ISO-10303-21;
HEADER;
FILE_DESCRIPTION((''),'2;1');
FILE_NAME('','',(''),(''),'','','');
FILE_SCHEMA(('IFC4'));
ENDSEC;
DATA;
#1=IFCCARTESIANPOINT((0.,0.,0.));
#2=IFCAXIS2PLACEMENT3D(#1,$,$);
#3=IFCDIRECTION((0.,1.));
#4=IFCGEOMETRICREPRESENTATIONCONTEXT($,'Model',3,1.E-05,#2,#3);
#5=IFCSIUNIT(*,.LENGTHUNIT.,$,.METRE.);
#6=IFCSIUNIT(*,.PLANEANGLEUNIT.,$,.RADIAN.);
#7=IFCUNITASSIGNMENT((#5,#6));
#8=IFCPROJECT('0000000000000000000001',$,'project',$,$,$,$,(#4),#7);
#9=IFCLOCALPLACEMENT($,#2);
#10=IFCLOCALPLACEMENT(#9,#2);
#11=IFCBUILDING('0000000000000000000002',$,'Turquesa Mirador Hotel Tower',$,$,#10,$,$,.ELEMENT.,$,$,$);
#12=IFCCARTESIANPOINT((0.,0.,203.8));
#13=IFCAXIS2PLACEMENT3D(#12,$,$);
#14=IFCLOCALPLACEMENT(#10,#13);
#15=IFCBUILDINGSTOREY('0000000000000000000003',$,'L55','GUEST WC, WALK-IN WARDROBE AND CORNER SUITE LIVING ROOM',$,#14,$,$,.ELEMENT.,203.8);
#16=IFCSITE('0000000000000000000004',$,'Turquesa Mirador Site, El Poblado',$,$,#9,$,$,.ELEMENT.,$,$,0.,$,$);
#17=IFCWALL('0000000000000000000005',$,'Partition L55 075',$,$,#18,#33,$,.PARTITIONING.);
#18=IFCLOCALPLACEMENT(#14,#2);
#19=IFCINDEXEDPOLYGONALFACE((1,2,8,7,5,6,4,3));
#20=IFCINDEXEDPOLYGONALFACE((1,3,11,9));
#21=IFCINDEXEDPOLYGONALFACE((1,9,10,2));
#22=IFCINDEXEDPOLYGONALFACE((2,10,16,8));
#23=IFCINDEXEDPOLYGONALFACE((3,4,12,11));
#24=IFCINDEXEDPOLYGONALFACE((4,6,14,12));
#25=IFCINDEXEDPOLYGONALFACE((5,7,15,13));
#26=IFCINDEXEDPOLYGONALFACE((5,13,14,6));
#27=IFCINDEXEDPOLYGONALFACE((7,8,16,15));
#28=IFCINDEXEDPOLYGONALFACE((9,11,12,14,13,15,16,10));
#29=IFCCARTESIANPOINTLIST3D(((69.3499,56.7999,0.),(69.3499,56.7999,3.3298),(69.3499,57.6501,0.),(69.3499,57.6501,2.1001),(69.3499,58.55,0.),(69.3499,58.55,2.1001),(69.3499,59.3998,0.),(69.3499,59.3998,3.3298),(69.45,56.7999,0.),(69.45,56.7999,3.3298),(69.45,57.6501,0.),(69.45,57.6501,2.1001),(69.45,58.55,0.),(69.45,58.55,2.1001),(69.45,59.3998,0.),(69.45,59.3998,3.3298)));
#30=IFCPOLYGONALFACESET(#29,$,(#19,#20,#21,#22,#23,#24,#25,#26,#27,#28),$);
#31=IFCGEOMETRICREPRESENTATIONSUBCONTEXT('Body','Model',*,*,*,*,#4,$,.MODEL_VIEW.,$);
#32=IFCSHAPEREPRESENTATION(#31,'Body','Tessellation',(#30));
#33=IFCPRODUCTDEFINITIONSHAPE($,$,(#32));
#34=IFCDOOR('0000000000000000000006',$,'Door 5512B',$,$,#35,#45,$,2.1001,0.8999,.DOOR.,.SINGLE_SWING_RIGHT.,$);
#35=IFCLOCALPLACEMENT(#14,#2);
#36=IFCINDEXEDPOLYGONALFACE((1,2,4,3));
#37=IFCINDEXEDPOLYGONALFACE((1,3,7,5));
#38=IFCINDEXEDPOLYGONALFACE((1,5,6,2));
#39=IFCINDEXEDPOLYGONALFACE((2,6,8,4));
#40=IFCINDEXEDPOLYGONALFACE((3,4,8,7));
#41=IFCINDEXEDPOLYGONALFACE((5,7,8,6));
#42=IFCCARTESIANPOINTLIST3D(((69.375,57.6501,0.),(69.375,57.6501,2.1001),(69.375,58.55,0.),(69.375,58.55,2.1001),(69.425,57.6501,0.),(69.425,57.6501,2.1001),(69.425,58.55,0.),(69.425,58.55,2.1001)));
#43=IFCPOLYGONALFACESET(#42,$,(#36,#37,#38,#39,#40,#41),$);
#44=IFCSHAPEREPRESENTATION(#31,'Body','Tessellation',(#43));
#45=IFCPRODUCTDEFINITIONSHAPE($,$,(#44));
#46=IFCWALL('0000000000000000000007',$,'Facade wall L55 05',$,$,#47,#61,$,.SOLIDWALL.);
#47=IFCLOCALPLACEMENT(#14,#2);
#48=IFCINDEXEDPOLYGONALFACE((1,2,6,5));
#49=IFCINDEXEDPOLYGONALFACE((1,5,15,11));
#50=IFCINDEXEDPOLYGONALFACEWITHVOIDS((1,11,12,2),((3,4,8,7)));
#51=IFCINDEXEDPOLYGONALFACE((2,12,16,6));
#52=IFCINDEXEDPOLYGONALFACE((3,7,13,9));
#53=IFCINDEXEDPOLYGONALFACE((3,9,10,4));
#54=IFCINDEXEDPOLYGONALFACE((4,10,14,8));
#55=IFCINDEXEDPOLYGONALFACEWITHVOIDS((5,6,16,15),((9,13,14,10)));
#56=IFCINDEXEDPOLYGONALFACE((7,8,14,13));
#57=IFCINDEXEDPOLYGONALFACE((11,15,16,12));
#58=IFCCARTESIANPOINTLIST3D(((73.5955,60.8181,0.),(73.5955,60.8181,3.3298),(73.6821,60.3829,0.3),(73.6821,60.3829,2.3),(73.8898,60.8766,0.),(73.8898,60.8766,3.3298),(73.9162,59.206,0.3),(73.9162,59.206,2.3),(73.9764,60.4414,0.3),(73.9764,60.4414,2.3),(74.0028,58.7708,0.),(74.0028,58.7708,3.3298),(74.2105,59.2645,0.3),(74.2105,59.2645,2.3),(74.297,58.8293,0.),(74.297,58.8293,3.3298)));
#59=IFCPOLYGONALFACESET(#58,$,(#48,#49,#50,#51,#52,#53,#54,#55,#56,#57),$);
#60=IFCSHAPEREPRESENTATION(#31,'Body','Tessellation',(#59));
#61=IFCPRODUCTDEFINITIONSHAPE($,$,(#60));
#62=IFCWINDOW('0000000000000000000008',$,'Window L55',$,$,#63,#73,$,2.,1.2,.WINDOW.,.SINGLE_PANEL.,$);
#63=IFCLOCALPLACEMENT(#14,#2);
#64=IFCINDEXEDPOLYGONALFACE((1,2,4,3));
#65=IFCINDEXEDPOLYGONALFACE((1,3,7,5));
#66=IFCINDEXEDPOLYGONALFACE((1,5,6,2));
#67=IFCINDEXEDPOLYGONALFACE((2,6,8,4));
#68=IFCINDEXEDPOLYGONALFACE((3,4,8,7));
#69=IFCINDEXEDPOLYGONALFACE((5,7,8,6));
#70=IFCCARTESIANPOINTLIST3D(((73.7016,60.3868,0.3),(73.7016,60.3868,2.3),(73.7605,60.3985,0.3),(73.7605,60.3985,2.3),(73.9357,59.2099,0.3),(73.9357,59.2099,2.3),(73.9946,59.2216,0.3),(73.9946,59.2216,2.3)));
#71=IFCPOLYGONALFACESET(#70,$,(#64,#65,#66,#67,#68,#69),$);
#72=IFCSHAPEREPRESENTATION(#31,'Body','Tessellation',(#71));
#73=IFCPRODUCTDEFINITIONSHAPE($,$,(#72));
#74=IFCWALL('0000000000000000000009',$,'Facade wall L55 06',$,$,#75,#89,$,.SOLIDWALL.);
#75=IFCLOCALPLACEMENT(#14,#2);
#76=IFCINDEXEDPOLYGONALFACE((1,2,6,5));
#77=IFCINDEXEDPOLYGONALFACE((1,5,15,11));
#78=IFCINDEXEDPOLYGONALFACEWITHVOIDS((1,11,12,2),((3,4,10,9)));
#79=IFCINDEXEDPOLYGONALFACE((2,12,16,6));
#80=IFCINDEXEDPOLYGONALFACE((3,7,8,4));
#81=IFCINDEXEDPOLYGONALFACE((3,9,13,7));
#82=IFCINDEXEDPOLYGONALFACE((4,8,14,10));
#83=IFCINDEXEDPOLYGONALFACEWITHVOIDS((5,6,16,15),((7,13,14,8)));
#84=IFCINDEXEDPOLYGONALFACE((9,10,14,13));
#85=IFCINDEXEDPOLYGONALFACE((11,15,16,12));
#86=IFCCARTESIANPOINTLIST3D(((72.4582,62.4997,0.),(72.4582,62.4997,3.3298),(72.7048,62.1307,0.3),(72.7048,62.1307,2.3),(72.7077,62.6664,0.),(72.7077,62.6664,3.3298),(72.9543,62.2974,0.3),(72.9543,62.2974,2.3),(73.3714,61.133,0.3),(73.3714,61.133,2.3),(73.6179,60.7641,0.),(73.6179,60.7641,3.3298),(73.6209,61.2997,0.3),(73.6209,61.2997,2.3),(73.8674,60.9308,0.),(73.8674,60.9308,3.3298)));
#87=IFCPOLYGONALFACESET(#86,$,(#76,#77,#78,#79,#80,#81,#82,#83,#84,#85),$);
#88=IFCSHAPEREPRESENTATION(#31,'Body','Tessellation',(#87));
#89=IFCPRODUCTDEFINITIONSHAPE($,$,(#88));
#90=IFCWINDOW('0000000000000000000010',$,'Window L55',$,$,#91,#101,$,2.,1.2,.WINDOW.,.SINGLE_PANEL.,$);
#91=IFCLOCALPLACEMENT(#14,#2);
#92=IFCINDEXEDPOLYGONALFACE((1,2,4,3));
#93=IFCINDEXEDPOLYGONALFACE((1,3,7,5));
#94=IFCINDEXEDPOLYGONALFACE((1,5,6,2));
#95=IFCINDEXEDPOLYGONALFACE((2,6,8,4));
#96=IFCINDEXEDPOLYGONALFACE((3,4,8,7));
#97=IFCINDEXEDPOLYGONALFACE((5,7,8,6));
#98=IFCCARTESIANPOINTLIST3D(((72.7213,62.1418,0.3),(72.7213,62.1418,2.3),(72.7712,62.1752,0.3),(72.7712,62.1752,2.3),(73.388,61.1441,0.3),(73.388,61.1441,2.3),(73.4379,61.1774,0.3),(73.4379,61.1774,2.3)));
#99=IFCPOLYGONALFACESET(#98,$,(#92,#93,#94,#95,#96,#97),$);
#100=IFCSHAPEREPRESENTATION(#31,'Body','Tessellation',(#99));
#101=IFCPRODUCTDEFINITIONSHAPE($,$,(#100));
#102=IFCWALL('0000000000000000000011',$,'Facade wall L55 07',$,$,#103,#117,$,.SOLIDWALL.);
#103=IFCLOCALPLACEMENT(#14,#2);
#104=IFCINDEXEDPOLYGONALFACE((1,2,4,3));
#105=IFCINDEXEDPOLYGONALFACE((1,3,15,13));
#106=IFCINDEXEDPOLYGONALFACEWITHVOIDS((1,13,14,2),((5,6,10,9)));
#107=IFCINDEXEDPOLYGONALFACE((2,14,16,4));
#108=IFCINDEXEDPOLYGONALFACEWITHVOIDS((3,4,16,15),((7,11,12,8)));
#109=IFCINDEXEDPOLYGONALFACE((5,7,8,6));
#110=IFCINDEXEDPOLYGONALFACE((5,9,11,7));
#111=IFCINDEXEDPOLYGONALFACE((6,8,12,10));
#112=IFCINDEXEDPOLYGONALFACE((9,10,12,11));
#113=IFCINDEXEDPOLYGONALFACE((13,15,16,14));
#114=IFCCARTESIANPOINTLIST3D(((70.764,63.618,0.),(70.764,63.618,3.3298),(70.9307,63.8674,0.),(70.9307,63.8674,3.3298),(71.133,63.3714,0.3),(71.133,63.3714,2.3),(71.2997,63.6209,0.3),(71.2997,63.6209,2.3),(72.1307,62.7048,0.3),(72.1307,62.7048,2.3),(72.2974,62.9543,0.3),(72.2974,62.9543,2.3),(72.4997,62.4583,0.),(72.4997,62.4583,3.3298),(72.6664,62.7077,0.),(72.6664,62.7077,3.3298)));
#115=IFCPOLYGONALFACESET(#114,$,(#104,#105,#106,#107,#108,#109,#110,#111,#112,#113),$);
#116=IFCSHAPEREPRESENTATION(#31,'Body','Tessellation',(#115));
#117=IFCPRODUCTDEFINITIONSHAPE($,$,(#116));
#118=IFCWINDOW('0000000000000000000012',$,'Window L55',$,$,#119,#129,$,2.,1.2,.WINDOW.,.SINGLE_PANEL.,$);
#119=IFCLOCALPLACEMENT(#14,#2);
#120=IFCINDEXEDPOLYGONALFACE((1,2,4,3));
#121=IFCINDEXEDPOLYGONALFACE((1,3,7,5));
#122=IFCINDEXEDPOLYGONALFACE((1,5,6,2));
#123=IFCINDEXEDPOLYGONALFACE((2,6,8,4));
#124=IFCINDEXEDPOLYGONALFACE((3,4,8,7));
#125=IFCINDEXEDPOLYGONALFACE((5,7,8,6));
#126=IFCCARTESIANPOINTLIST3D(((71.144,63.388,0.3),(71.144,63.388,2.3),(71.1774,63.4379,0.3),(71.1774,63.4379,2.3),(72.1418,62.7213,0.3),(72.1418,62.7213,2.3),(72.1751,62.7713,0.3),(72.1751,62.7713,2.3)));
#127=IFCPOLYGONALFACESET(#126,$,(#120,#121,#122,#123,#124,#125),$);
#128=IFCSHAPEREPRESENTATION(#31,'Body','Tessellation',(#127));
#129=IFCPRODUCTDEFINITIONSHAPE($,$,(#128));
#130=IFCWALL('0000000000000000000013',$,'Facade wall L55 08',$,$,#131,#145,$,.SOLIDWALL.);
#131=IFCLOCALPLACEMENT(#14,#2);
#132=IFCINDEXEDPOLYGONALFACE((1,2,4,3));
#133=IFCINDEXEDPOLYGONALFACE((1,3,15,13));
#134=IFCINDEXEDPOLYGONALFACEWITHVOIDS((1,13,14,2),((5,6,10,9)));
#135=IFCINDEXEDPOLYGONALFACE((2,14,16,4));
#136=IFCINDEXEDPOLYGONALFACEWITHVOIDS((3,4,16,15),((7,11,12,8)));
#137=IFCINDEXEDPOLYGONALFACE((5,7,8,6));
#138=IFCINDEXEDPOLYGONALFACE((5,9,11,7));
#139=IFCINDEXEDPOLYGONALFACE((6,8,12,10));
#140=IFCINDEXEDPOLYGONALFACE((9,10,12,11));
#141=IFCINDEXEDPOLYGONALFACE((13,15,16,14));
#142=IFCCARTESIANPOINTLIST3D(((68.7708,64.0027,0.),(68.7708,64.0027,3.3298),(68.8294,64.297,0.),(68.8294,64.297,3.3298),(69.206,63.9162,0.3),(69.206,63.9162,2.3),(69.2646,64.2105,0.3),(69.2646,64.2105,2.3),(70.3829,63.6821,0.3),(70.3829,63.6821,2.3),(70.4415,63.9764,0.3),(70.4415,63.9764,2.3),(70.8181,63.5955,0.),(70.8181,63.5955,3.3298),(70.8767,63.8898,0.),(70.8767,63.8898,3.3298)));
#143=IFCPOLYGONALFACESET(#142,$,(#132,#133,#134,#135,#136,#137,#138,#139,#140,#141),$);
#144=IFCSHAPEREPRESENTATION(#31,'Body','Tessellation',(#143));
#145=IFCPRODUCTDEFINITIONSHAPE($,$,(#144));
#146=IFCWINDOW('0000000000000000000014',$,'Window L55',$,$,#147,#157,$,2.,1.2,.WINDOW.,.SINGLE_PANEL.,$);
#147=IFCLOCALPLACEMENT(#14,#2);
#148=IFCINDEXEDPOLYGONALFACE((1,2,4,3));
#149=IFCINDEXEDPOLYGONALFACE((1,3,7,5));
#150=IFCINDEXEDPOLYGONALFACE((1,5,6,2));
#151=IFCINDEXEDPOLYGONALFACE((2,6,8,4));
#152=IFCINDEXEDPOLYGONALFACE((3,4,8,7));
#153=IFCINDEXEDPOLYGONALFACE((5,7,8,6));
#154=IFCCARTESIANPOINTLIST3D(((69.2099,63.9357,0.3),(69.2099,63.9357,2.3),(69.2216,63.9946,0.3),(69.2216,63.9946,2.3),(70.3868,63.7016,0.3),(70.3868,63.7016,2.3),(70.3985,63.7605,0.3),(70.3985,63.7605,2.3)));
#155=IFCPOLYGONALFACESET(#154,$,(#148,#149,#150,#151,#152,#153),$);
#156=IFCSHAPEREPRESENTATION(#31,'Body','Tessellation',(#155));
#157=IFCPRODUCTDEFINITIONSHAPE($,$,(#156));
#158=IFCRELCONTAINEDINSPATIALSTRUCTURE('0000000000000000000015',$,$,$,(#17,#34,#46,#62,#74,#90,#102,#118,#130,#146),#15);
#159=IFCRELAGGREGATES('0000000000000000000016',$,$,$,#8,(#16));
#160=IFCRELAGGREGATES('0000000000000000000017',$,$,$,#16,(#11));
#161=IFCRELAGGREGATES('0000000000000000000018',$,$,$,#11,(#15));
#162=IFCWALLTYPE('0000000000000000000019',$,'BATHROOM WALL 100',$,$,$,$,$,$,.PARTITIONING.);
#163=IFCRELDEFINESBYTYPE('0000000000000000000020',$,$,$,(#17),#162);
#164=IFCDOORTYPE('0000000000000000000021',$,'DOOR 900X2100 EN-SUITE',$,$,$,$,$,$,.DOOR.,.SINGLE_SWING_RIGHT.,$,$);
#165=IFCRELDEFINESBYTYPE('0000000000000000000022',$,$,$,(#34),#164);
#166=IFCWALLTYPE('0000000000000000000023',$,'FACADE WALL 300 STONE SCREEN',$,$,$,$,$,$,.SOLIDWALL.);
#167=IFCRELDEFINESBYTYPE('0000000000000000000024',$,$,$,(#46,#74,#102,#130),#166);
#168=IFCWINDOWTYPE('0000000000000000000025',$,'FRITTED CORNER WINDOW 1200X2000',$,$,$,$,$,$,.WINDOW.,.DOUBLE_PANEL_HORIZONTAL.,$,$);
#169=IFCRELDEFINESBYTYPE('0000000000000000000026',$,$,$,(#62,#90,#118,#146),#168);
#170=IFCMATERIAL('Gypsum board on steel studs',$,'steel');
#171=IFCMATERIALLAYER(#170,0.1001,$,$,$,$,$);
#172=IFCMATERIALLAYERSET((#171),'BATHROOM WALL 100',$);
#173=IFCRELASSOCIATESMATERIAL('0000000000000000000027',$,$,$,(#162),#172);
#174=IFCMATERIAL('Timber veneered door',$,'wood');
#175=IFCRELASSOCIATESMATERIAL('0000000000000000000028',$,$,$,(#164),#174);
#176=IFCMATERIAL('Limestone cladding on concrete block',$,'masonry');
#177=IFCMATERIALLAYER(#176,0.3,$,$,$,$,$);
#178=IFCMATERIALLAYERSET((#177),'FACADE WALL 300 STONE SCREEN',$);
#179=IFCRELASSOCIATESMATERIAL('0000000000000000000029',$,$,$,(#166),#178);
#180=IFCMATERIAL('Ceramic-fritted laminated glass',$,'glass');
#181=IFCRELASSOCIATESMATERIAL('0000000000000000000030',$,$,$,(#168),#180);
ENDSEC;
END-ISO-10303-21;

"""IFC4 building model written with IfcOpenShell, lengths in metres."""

from ifc_helpers import new_model, si_unit, direction, frame, frame_2d, origin, place, context, subcontext, project, spatial, rectangle, extrude, material, layer, layer_set, type_object, element, fill, save


model = new_model("IFC4")

# Units and contexts
model_context = context("Model", 3, precision=1e-05, world=origin(), true_north=direction((0.0, 1.0)))
body_context = subcontext(model_context, "Body", "Model", "MODEL_VIEW")
ifc_project = project(units=[si_unit("LENGTHUNIT", "METRE"), si_unit("PLANEANGLEUNIT", "RADIAN")], contexts=[model_context])

# Site, building, storey
site_placement = place(None, origin())
site = spatial("IfcSite", under=ifc_project, at=site_placement, Name="Turquesa Mirador Site, El Poblado", CompositionType="ELEMENT", RefElevation=0.0)
building_placement = place(site_placement, origin())
building = spatial("IfcBuilding", under=site, at=building_placement, Name="Turquesa Mirador Hotel Tower", CompositionType="ELEMENT")
storey_placement = place(building_placement, frame((0.0, 0.0, 203.8)))
storey = spatial("IfcBuildingStorey", under=building, at=storey_placement, Name="L55", Description="GUEST WC, WALK-IN WARDROBE AND CORNER SUITE LIVING ROOM", CompositionType="ELEMENT", Elevation=203.8)

# Shared definitions
ifc_material_1 = material(Name="Gypsum board on steel studs", Category="steel")
ifc_layer_1 = layer(ifc_material_1, 0.1001)
ifc_layer_set_1 = layer_set([ifc_layer_1], Name="BATHROOM WALL 100")
wall_type_1 = type_object("IfcWallType", Name="BATHROOM WALL 100", PredefinedType="PARTITIONING", material=ifc_layer_set_1)

# Wall, opening, door
wall_1_placement = place(storey_placement, frame((69.3999, 56.8, 0.0), z_axis=(0.0, 0.0, 1.0), x_axis=(0.0, 1.0, 0.0)))
wall_1 = element("IfcWall", 1, at=wall_1_placement, inside=storey, type_object=wall_type_1, Name="Partition L55 075", PredefinedType="PARTITIONING", context=body_context, shape_type="SweptSolid", body=[
    extrude(rectangle(XDim=2.5999, YDim=0.1001, at=frame_2d((1.2998, 0.0))), origin(), (0.0, 0.0, 1.0), 3.3298),
])
opening_1_placement = place(wall_1_placement, frame((0.8501, 0.0, 0.0)))
opening_1 = element("IfcOpeningElement", 2, at=opening_1_placement, cuts=wall_1, PredefinedType="OPENING", context=body_context, shape_type="SweptSolid", body=[
    extrude(rectangle(XDim=0.8999, YDim=2.1001, at=frame_2d((0.45, 1.05))), frame((0.0, 0.0601, 0.0), z_axis=(0.0, -1.0, 0.0), x_axis=(1.0, 0.0, 0.0)), (0.0, 0.0, 1.0), 0.1201),
])
ifc_material_2 = material(Name="Timber veneered door", Category="wood")
door_type_1 = type_object("IfcDoorType", Name="DOOR 900X2100 EN-SUITE", OperationType="SINGLE_SWING_RIGHT", PredefinedType="DOOR", material=ifc_material_2)
door_1_placement = place(opening_1_placement, origin())
door_1 = element("IfcDoor", 3, at=door_1_placement, inside=storey, type_object=door_type_1, Name="Door 5512B", OperationType="SINGLE_SWING_RIGHT", OverallHeight=2.1001, OverallWidth=0.8999, PredefinedType="DOOR", context=body_context, shape_type="SweptSolid", body=[
    extrude(rectangle(XDim=0.8999, YDim=2.1001, at=frame_2d((0.45, 1.05))), frame((0.0, 0.0249, 0.0), z_axis=(0.0, -1.0, 0.0), x_axis=(1.0, 0.0, 0.0)), (0.0, 0.0, 1.0), 0.05),
])
fill(opening_1, door_1)

# Walls, openings, windows
ifc_material_3 = material(Name="Limestone cladding on concrete block", Category="masonry")
ifc_layer_2 = layer(ifc_material_3, 0.3)
ifc_layer_set_2 = layer_set([ifc_layer_2], Name="FACADE WALL 300 STONE SCREEN")
wall_type_2 = type_object("IfcWallType", Name="FACADE WALL 300 STONE SCREEN", PredefinedType="SOLIDWALL", material=ifc_layer_set_2)
wall_2_placement = place(storey_placement, frame((74.1499, 58.8, 0.0), z_axis=(0.0, 0.0, 1.0), x_axis=(-0.195081, 0.980787, 0.0)))
wall_2 = element("IfcWall", 4, at=wall_2_placement, inside=storey, type_object=wall_type_2, Name="Facade wall L55 05", PredefinedType="SOLIDWALL", context=body_context, shape_type="SweptSolid", body=[
    extrude(rectangle(XDim=2.0874, YDim=0.3, at=frame_2d((1.0437, 0.0))), origin(), (0.0, 0.0, 1.0), 3.3298),
])
opening_2_placement = place(wall_2_placement, frame((0.4436, 0.0, 0.3)))
opening_2 = element("IfcOpeningElement", 5, at=opening_2_placement, cuts=wall_2, PredefinedType="OPENING", context=body_context, shape_type="SweptSolid", body=[
    extrude(rectangle(XDim=1.2, YDim=2.0, at=frame_2d((0.6001, 1.0))), frame((0.0, 0.1599, 0.0), z_axis=(0.0, -1.0, 0.0), x_axis=(1.0, 0.0, 0.0)), (0.0, 0.0, 1.0), 0.3201),
])
ifc_material_4 = material(Name="Ceramic-fritted laminated glass", Category="glass")
window_type_1 = type_object("IfcWindowType", Name="FRITTED CORNER WINDOW 1200X2000", PartitioningType="DOUBLE_PANEL_HORIZONTAL", PredefinedType="WINDOW", material=ifc_material_4)
window_1_placement = place(opening_2_placement, origin())
window_1 = element("IfcWindow", 6, at=window_1_placement, inside=storey, type_object=window_type_1, Name="Window L55", OverallHeight=2.0, OverallWidth=1.2, PartitioningType="SINGLE_PANEL", PredefinedType="WINDOW", context=body_context, shape_type="SweptSolid", body=[
    extrude(rectangle(XDim=1.2, YDim=2.0, at=frame_2d((0.6001, 1.0))), frame((0.0, 0.1301, 0.0), z_axis=(0.0, -1.0, 0.0), x_axis=(1.0, 0.0, 0.0)), (0.0, 0.0, 1.0), 0.0601),
])
fill(opening_2, window_1)
wall_3_placement = place(storey_placement, frame((73.7427, 60.8474, 0.0), z_axis=(0.0, 0.0, 1.0), x_axis=(-0.555564, 0.831474, 0.0)))
wall_3 = element("IfcWall", 7, at=wall_3_placement, inside=storey, type_object=wall_type_2, Name="Facade wall L55 06", PredefinedType="SOLIDWALL", context=body_context, shape_type="SweptSolid", body=[
    extrude(rectangle(XDim=2.0874, YDim=0.3, at=frame_2d((1.0437, 0.0))), origin(), (0.0, 0.0, 1.0), 3.3298),
])
opening_3_placement = place(wall_3_placement, frame((0.4436, 0.0, 0.3)))
opening_3 = element("IfcOpeningElement", 8, at=opening_3_placement, cuts=wall_3, PredefinedType="OPENING", context=body_context, shape_type="SweptSolid", body=[
    extrude(rectangle(XDim=1.2, YDim=2.0, at=frame_2d((0.6001, 1.0))), frame((0.0, 0.1599, 0.0), z_axis=(0.0, -1.0, 0.0), x_axis=(1.0, 0.0, 0.0)), (0.0, 0.0, 1.0), 0.3201),
])
window_2_placement = place(opening_3_placement, origin())
window_2 = element("IfcWindow", 9, at=window_2_placement, inside=storey, type_object=window_type_1, Name="Window L55", OverallHeight=2.0, OverallWidth=1.2, PartitioningType="SINGLE_PANEL", PredefinedType="WINDOW", context=body_context, shape_type="SweptSolid", body=[
    extrude(rectangle(XDim=1.2, YDim=2.0, at=frame_2d((0.6001, 1.0))), frame((0.0, 0.1301, 0.0), z_axis=(0.0, -1.0, 0.0), x_axis=(1.0, 0.0, 0.0)), (0.0, 0.0, 1.0), 0.0601),
])
fill(opening_3, window_2)
wall_4_placement = place(storey_placement, frame((72.583, 62.583, 0.0), z_axis=(0.0, 0.0, 1.0), x_axis=(-0.831474, 0.555564, 0.0)))
wall_4 = element("IfcWall", 10, at=wall_4_placement, inside=storey, type_object=wall_type_2, Name="Facade wall L55 07", PredefinedType="SOLIDWALL", context=body_context, shape_type="SweptSolid", body=[
    extrude(rectangle(XDim=2.0874, YDim=0.3, at=frame_2d((1.0437, 0.0))), origin(), (0.0, 0.0, 1.0), 3.3298),
])
opening_4_placement = place(wall_4_placement, frame((0.4436, 0.0, 0.3)))
opening_4 = element("IfcOpeningElement", 11, at=opening_4_placement, cuts=wall_4, PredefinedType="OPENING", context=body_context, shape_type="SweptSolid", body=[
    extrude(rectangle(XDim=1.2, YDim=2.0, at=frame_2d((0.6001, 1.0))), frame((0.0, 0.1599, 0.0), z_axis=(0.0, -1.0, 0.0), x_axis=(1.0, 0.0, 0.0)), (0.0, 0.0, 1.0), 0.3201),
])
window_3_placement = place(opening_4_placement, origin())
window_3 = element("IfcWindow", 12, at=window_3_placement, inside=storey, type_object=window_type_1, Name="Window L55", OverallHeight=2.0, OverallWidth=1.2, PartitioningType="SINGLE_PANEL", PredefinedType="WINDOW", context=body_context, shape_type="SweptSolid", body=[
    extrude(rectangle(XDim=1.2, YDim=2.0, at=frame_2d((0.6001, 1.0))), frame((0.0, 0.1301, 0.0), z_axis=(0.0, -1.0, 0.0), x_axis=(1.0, 0.0, 0.0)), (0.0, 0.0, 1.0), 0.0601),
])
fill(opening_4, window_3)
wall_5_placement = place(storey_placement, frame((70.8474, 63.7427, 0.0), z_axis=(0.0, 0.0, 1.0), x_axis=(-0.980787, 0.195081, 0.0)))
wall_5 = element("IfcWall", 13, at=wall_5_placement, inside=storey, type_object=wall_type_2, Name="Facade wall L55 08", PredefinedType="SOLIDWALL", context=body_context, shape_type="SweptSolid", body=[
    extrude(rectangle(XDim=2.0874, YDim=0.3, at=frame_2d((1.0437, 0.0))), origin(), (0.0, 0.0, 1.0), 3.3298),
])
opening_5_placement = place(wall_5_placement, frame((0.4436, 0.0, 0.3)))
opening_5 = element("IfcOpeningElement", 14, at=opening_5_placement, cuts=wall_5, PredefinedType="OPENING", context=body_context, shape_type="SweptSolid", body=[
    extrude(rectangle(XDim=1.2, YDim=2.0, at=frame_2d((0.6001, 1.0))), frame((0.0, 0.1599, 0.0), z_axis=(0.0, -1.0, 0.0), x_axis=(1.0, 0.0, 0.0)), (0.0, 0.0, 1.0), 0.3201),
])
window_4_placement = place(opening_5_placement, origin())
window_4 = element("IfcWindow", 15, at=window_4_placement, inside=storey, type_object=window_type_1, Name="Window L55", OverallHeight=2.0, OverallWidth=1.2, PartitioningType="SINGLE_PANEL", PredefinedType="WINDOW", context=body_context, shape_type="SweptSolid", body=[
    extrude(rectangle(XDim=1.2, YDim=2.0, at=frame_2d((0.6001, 1.0))), frame((0.0, 0.1301, 0.0), z_axis=(0.0, -1.0, 0.0), x_axis=(1.0, 0.0, 0.0)), (0.0, 0.0, 1.0), 0.0601),
])
fill(opening_5, window_4)

save(model, "model.ifc")
